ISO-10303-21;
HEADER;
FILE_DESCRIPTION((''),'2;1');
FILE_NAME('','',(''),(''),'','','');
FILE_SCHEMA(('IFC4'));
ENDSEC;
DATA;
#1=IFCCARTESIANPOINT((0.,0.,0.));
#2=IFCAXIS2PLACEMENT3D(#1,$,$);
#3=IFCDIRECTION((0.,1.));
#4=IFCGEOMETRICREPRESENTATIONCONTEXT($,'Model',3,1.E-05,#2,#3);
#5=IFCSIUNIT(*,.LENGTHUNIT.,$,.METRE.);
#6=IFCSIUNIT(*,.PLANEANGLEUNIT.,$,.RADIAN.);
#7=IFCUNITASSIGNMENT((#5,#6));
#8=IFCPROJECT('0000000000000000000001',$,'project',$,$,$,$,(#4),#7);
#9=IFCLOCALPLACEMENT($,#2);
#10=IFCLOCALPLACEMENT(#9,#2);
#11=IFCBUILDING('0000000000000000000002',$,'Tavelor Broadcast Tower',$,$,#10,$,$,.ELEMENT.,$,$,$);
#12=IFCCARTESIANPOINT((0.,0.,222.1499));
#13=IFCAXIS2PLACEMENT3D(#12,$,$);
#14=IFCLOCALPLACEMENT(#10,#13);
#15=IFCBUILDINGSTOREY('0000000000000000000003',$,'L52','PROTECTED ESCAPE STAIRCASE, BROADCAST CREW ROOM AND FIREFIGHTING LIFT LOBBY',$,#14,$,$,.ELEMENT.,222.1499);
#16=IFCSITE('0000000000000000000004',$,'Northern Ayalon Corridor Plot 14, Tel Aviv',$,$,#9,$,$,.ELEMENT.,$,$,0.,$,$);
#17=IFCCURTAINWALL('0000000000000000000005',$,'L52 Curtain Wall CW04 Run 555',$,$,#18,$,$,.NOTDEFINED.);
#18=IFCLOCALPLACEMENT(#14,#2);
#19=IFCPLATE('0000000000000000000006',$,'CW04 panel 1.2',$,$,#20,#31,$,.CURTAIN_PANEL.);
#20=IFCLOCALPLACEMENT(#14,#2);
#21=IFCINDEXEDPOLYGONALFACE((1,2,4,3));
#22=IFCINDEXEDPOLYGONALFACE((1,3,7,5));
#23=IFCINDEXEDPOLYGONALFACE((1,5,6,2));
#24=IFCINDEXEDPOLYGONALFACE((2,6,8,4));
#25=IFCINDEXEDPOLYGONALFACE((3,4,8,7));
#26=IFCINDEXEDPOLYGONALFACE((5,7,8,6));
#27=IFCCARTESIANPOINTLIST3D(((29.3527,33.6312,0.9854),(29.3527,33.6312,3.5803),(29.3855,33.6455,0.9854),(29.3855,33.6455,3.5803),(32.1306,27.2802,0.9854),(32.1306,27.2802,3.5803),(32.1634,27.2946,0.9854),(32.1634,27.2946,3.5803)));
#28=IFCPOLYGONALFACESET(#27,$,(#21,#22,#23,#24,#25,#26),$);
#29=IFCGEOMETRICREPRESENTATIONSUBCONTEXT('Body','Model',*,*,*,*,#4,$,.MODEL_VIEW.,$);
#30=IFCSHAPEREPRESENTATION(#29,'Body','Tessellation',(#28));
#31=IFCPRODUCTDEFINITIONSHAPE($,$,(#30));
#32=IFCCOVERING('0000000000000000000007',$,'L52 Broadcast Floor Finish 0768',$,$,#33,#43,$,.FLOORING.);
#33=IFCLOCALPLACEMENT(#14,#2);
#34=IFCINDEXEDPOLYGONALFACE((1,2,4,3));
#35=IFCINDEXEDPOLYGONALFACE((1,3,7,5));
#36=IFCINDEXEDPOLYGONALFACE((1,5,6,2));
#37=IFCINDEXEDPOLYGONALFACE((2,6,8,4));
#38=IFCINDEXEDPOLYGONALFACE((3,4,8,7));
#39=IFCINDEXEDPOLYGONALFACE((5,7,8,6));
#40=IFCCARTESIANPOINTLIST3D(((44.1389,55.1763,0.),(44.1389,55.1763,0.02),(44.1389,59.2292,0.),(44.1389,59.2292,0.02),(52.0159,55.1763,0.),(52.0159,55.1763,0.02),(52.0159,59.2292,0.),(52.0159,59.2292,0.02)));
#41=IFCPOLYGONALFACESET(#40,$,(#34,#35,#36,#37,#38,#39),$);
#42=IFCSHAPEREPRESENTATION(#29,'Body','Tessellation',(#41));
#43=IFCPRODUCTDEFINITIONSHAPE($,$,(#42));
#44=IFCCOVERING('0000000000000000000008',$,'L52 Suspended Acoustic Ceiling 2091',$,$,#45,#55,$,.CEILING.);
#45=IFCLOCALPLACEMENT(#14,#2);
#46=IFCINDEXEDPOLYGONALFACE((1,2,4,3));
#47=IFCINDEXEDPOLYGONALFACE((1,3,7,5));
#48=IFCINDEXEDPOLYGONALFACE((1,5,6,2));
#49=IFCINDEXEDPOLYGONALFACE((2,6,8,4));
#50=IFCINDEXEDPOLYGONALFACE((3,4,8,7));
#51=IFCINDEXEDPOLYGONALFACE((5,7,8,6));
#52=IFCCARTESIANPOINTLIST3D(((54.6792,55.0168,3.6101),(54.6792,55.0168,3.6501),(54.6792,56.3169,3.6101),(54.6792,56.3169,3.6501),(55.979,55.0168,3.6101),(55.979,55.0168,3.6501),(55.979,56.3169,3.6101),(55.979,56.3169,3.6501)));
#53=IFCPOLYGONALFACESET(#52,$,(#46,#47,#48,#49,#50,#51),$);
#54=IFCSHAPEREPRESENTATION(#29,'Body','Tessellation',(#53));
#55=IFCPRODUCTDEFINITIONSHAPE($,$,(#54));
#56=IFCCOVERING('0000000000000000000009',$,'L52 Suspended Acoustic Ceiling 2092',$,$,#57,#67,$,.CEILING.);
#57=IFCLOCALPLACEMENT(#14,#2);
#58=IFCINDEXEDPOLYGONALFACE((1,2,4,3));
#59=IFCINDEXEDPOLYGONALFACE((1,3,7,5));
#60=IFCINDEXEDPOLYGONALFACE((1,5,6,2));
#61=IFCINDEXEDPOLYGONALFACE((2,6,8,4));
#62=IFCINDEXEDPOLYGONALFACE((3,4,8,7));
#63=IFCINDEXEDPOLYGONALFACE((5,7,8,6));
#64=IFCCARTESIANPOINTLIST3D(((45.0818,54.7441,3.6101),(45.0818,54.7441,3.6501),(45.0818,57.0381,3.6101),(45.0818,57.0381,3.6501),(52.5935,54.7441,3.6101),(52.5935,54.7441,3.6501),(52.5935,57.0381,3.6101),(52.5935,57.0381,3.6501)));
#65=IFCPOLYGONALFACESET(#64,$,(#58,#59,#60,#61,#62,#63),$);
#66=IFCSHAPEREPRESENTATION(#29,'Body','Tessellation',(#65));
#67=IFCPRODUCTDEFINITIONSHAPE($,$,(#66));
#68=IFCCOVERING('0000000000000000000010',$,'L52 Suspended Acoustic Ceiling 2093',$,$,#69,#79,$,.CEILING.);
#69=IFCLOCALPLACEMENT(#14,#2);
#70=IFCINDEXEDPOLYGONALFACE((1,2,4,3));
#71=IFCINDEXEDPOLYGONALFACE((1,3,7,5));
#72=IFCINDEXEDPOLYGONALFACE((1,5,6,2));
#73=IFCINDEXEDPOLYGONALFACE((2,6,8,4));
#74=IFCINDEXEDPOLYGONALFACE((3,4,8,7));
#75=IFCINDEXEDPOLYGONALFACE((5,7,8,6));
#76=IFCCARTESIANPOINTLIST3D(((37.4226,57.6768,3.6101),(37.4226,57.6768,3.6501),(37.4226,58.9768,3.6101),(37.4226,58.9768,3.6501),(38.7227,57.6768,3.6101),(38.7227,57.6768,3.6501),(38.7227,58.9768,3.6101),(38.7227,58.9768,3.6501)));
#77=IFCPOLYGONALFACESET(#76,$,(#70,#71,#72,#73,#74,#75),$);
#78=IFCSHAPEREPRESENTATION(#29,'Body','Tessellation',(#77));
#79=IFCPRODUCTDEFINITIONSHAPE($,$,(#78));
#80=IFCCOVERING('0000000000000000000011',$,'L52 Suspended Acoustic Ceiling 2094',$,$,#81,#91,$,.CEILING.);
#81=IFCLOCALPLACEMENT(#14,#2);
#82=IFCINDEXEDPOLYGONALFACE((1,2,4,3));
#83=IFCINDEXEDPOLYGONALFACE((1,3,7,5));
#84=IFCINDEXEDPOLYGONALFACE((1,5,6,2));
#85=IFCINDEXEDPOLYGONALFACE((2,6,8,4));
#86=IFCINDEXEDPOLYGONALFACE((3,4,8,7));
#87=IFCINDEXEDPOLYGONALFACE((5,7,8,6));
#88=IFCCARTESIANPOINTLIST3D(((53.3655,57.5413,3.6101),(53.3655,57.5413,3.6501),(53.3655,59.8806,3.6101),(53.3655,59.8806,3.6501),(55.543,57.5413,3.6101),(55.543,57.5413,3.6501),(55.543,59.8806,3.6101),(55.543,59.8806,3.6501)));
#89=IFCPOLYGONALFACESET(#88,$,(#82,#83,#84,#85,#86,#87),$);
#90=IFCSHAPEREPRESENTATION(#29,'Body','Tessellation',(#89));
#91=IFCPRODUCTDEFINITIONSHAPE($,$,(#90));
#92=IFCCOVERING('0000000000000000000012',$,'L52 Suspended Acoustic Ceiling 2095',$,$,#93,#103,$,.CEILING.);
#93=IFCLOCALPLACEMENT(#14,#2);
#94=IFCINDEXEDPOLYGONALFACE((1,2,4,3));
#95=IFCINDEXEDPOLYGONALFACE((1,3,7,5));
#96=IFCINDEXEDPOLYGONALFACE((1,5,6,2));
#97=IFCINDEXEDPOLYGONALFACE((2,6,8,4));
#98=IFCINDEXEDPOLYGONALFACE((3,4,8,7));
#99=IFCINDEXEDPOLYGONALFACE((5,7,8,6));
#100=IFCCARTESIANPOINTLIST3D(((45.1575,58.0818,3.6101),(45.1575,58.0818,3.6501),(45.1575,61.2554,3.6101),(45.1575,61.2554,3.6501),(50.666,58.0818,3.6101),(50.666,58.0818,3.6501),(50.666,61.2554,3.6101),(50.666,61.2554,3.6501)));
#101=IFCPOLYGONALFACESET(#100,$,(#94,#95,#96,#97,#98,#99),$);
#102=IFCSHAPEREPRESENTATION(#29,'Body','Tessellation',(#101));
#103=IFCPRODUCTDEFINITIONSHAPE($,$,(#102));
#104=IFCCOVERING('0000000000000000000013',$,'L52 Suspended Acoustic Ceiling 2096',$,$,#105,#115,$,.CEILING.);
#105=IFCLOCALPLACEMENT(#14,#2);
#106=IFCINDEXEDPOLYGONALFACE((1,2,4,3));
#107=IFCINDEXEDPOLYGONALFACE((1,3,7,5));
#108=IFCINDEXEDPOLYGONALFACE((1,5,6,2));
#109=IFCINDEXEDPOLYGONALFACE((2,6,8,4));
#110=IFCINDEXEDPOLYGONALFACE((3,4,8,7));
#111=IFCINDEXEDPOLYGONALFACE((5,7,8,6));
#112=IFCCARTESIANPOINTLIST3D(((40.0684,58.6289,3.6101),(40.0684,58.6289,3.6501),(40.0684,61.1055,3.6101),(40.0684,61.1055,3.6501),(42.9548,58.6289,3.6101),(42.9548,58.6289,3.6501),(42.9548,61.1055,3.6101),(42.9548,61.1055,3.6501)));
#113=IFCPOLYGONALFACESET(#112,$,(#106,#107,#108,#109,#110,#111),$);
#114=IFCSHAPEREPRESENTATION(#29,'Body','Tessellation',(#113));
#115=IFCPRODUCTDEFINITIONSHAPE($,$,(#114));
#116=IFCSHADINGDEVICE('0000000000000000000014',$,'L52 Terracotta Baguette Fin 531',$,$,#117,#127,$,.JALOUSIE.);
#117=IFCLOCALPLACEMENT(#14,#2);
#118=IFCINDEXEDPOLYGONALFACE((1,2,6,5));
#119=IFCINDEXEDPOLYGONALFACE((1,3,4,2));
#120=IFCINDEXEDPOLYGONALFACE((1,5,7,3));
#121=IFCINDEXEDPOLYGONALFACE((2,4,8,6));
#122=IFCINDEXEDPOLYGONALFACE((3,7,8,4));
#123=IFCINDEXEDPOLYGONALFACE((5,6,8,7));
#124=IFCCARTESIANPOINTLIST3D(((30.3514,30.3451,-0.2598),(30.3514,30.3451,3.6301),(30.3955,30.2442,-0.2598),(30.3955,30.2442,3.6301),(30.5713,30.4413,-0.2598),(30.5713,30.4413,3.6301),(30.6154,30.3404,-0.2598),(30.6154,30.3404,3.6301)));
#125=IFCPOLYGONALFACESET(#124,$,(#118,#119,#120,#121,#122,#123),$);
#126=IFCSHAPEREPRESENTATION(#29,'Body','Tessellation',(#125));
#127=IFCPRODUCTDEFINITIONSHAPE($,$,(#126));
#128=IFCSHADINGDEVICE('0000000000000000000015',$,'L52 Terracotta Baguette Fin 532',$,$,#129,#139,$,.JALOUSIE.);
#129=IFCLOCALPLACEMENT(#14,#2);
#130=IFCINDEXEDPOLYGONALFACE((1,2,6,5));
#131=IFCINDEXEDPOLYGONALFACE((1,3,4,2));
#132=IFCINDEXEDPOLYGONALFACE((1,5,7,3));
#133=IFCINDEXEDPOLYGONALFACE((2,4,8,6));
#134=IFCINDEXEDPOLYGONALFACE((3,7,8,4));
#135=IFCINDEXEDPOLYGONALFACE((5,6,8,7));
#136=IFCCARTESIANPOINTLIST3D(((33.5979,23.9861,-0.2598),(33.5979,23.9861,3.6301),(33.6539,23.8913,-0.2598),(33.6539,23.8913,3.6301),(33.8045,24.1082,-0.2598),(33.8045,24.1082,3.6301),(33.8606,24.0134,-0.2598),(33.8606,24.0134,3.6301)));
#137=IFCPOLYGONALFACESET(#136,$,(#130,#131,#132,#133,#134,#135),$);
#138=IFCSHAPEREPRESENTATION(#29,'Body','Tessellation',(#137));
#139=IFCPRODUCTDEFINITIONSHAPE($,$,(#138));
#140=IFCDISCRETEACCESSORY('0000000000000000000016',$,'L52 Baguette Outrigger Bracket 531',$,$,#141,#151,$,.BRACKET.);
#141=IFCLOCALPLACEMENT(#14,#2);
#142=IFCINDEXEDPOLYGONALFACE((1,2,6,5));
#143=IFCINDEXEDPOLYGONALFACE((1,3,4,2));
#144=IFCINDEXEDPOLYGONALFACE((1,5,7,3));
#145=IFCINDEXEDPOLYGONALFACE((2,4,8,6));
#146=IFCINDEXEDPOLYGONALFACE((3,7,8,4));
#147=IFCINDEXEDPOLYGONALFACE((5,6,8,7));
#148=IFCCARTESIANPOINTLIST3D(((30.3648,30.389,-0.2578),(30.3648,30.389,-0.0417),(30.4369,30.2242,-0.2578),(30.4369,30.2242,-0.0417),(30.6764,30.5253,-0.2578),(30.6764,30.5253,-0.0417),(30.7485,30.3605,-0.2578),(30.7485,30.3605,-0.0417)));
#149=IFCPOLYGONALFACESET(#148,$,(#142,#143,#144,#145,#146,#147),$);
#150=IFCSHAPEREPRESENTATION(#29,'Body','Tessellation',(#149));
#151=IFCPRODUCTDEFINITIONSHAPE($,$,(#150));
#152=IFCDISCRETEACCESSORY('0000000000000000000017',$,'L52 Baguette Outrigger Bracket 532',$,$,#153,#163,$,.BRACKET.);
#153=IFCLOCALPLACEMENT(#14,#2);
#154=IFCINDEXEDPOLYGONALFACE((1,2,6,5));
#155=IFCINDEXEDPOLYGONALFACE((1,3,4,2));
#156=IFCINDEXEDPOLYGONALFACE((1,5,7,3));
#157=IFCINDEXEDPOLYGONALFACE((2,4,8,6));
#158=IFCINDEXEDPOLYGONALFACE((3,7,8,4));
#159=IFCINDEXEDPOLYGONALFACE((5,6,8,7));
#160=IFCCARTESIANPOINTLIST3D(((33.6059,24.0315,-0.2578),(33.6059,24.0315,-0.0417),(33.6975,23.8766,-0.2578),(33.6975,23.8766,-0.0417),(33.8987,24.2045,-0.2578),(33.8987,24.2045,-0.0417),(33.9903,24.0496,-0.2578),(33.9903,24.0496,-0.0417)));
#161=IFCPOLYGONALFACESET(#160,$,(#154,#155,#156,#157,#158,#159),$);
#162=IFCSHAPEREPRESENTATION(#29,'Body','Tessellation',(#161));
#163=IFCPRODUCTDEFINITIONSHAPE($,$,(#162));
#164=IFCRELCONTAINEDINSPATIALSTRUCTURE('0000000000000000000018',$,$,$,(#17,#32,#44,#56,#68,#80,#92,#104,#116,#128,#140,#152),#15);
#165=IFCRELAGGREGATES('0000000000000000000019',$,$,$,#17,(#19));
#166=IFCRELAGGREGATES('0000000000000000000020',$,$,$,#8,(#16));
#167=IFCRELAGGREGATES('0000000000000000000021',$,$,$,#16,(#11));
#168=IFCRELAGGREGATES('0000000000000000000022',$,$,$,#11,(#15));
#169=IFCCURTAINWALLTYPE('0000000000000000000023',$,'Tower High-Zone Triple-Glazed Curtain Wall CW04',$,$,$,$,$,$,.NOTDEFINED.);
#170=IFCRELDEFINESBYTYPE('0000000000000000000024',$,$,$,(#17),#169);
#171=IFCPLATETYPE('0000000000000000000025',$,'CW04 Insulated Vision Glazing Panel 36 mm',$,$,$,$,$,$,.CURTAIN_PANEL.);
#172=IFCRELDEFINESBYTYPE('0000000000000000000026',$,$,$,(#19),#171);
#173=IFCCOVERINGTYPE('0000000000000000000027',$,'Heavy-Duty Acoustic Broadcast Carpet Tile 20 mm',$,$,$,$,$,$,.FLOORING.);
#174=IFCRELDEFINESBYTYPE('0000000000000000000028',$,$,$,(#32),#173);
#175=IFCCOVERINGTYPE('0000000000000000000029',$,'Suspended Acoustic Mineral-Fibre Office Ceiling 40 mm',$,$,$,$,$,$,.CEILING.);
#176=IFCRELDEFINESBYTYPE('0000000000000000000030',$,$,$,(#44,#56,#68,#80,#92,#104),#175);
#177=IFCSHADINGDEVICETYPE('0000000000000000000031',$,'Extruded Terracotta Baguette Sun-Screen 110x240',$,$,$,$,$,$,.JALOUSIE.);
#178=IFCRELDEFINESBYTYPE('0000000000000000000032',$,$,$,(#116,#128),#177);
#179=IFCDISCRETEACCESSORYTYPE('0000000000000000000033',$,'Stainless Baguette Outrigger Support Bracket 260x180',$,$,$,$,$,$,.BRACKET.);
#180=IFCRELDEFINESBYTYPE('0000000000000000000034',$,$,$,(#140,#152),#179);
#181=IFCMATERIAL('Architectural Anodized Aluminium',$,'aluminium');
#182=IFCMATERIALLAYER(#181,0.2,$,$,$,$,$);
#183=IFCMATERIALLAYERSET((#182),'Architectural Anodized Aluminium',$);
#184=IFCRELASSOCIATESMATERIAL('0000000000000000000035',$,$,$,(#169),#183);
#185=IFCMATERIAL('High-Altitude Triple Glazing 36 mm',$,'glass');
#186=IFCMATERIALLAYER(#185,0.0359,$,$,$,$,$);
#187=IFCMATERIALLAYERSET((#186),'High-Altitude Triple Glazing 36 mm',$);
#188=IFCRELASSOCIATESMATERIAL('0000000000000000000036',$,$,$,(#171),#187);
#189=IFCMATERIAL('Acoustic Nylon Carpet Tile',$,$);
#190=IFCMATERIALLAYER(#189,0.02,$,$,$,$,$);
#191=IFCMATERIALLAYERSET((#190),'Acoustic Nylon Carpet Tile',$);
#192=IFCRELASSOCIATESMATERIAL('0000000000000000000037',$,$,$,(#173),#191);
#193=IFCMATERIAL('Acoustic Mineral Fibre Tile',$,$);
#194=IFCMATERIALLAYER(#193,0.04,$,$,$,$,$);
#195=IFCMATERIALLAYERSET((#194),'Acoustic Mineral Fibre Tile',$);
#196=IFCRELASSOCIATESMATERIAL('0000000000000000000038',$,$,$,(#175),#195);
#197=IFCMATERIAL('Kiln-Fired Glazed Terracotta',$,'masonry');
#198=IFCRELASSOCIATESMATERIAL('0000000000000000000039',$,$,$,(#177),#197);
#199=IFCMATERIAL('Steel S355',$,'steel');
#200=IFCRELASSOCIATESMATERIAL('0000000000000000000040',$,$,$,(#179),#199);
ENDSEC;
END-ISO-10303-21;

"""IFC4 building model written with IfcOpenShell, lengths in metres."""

from ifc_helpers import new_model, si_unit, direction, frame, origin, origin_2d, place, context, subcontext, project, spatial, polyline, rectangle, outline, extrude, source, transform, mapped, material, layer, layer_set, type_object, type_shapes, element, aggregate, save


model = new_model("IFC4")

# Units and contexts
model_context = context("Model", 3, precision=1e-05, world=origin(), true_north=direction((0.0, 1.0)))
body_context = subcontext(model_context, "Body", "Model", "MODEL_VIEW")
ifc_project = project(units=[si_unit("LENGTHUNIT", "METRE"), si_unit("PLANEANGLEUNIT", "RADIAN")], contexts=[model_context])

# Site, building, storey
site_placement = place(None, origin())
site = spatial("IfcSite", under=ifc_project, at=site_placement, Name="Northern Ayalon Corridor Plot 14, Tel Aviv", CompositionType="ELEMENT", RefElevation=0.0)
building_placement = place(site_placement, origin())
building = spatial("IfcBuilding", under=site, at=building_placement, Name="Tavelor Broadcast Tower", CompositionType="ELEMENT")
storey_placement = place(building_placement, frame((0.0, 0.0, 222.1499)))
storey = spatial("IfcBuildingStorey", under=building, at=storey_placement, Name="L52", Description="PROTECTED ESCAPE STAIRCASE, BROADCAST CREW ROOM AND FIREFIGHTING LIFT LOBBY", CompositionType="ELEMENT", Elevation=222.1499)

# Shared definitions
ifc_material_1 = material(Name="Architectural Anodized Aluminium", Category="aluminium")
ifc_layer_1 = layer(ifc_material_1, 0.2)
ifc_layer_set_1 = layer_set([ifc_layer_1], Name="Architectural Anodized Aluminium")
curtain_wall_type = type_object("IfcCurtainWallType", Name="Tower High-Zone Triple-Glazed Curtain Wall CW04", PredefinedType="NOTDEFINED", material=ifc_layer_set_1)

# Curtain wall
curtain_wall_1_placement = place(storey_placement, origin())
curtain_wall_1 = element("IfcCurtainWall", 1, at=curtain_wall_1_placement, inside=storey, type_object=curtain_wall_type, Name="L52 Curtain Wall CW04 Run 555", PredefinedType="NOTDEFINED")

# Plate
ifc_material_2 = material(Name="High-Altitude Triple Glazing 36 mm", Category="glass")
ifc_layer_2 = layer(ifc_material_2, 0.0359)
ifc_layer_set_2 = layer_set([ifc_layer_2], Name="High-Altitude Triple Glazing 36 mm")
plate_type = type_object("IfcPlateType", Name="CW04 Insulated Vision Glazing Panel 36 mm", PredefinedType="CURTAIN_PANEL", material=ifc_layer_set_2)
shared_shape_1 = source(origin(), body_context, "Body", "SweptSolid", [
    extrude(rectangle(XDim=6.9319, YDim=0.0359, at=origin_2d()), origin(), (0.0, 0.0, 1.0), 2.595),
])
plate_1_placement = place(storey_placement, frame((30.7581, 30.4629, 0.9854), z_axis=(0.0, 0.0, 1.0), x_axis=(0.400742, -0.916191, 0.0)))
plate_1 = element("IfcPlate", 2, at=plate_1_placement, type_object=plate_type, Name="CW04 panel 1.2", PredefinedType="CURTAIN_PANEL", context=body_context, shape_type="MappedRepresentation", body=[
    mapped(shared_shape_1, transform((0.0, 0.0, 0.0), scale=1.0)),
])
aggregate(curtain_wall_1, [plate_1])

# Coverings
ifc_material_3 = material(Name="Acoustic Nylon Carpet Tile")
ifc_layer_3 = layer(ifc_material_3, 0.02)
ifc_layer_set_3 = layer_set([ifc_layer_3], Name="Acoustic Nylon Carpet Tile")
covering_type_1 = type_object("IfcCoveringType", Name="Heavy-Duty Acoustic Broadcast Carpet Tile 20 mm", PredefinedType="FLOORING", material=ifc_layer_set_3)
covering_1_placement = place(storey_placement, origin())
element("IfcCovering", 3, at=covering_1_placement, inside=storey, type_object=covering_type_1, Name="L52 Broadcast Floor Finish 0768", PredefinedType="FLOORING", context=body_context, shape_type="SweptSolid", body=[
    extrude(outline(polyline([(44.1389, 55.1763), (52.0159, 55.1763), (52.0159, 59.2292), (44.1389, 59.2292), (44.1389, 55.1763)])), origin(), (0.0, 0.0, 1.0), 0.02),
])
ifc_material_4 = material(Name="Acoustic Mineral Fibre Tile")
ifc_layer_4 = layer(ifc_material_4, 0.04)
ifc_layer_set_4 = layer_set([ifc_layer_4], Name="Acoustic Mineral Fibre Tile")
covering_type_2 = type_object("IfcCoveringType", Name="Suspended Acoustic Mineral-Fibre Office Ceiling 40 mm", PredefinedType="CEILING", material=ifc_layer_set_4)
covering_2_placement = place(storey_placement, frame((0.0, 0.0, 3.6101)))
element("IfcCovering", 4, at=covering_2_placement, inside=storey, type_object=covering_type_2, Name="L52 Suspended Acoustic Ceiling 2091", PredefinedType="CEILING", context=body_context, shape_type="SweptSolid", body=[
    extrude(outline(polyline([(54.6792, 55.0168), (55.979, 55.0168), (55.979, 56.3169), (54.6792, 56.3169), (54.6792, 55.0168)])), origin(), (0.0, 0.0, 1.0), 0.04),
])
covering_3_placement = place(storey_placement, frame((0.0, 0.0, 3.6101)))
element("IfcCovering", 5, at=covering_3_placement, inside=storey, type_object=covering_type_2, Name="L52 Suspended Acoustic Ceiling 2092", PredefinedType="CEILING", context=body_context, shape_type="SweptSolid", body=[
    extrude(outline(polyline([(45.0818, 54.7441), (52.5935, 54.7441), (52.5935, 57.0381), (45.0818, 57.0381), (45.0818, 54.7441)])), origin(), (0.0, 0.0, 1.0), 0.04),
])
covering_4_placement = place(storey_placement, frame((0.0, 0.0, 3.6101)))
element("IfcCovering", 6, at=covering_4_placement, inside=storey, type_object=covering_type_2, Name="L52 Suspended Acoustic Ceiling 2093", PredefinedType="CEILING", context=body_context, shape_type="SweptSolid", body=[
    extrude(outline(polyline([(37.4226, 57.6768), (38.7227, 57.6768), (38.7227, 58.9768), (37.4226, 58.9768), (37.4226, 57.6768)])), origin(), (0.0, 0.0, 1.0), 0.04),
])
covering_5_placement = place(storey_placement, frame((0.0, 0.0, 3.6101)))
element("IfcCovering", 7, at=covering_5_placement, inside=storey, type_object=covering_type_2, Name="L52 Suspended Acoustic Ceiling 2094", PredefinedType="CEILING", context=body_context, shape_type="SweptSolid", body=[
    extrude(outline(polyline([(53.3655, 57.5413), (55.543, 57.5413), (55.543, 59.8806), (53.3655, 59.8806), (53.3655, 57.5413)])), origin(), (0.0, 0.0, 1.0), 0.04),
])
covering_6_placement = place(storey_placement, frame((0.0, 0.0, 3.6101)))
element("IfcCovering", 8, at=covering_6_placement, inside=storey, type_object=covering_type_2, Name="L52 Suspended Acoustic Ceiling 2095", PredefinedType="CEILING", context=body_context, shape_type="SweptSolid", body=[
    extrude(outline(polyline([(45.1575, 58.0818), (50.666, 58.0818), (50.666, 61.2554), (45.1575, 61.2554), (45.1575, 58.0818)])), origin(), (0.0, 0.0, 1.0), 0.04),
])
covering_7_placement = place(storey_placement, frame((0.0, 0.0, 3.6101)))
element("IfcCovering", 9, at=covering_7_placement, inside=storey, type_object=covering_type_2, Name="L52 Suspended Acoustic Ceiling 2096", PredefinedType="CEILING", context=body_context, shape_type="SweptSolid", body=[
    extrude(outline(polyline([(40.0684, 58.6289), (42.9548, 58.6289), (42.9548, 61.1055), (40.0684, 61.1055), (40.0684, 58.6289)])), origin(), (0.0, 0.0, 1.0), 0.04),
])

# Shading devices
ifc_material_5 = material(Name="Kiln-Fired Glazed Terracotta", Category="masonry")
shading_device_type = type_object("IfcShadingDeviceType", Name="Extruded Terracotta Baguette Sun-Screen 110x240", PredefinedType="JALOUSIE", material=ifc_material_5)
shared_shape_2 = source(origin(), body_context, "Body", "SweptSolid", [
    extrude(rectangle(XDim=0.1101, YDim=0.24, at=origin_2d()), origin(), (0.0, 0.0, 1.0), 3.8899),
])
type_shapes(shading_device_type, [shared_shape_2])
for number, where, z_axis, x_axis, name in (
    (10, (30.4834, 30.3428, -0.2598), (0.0, 0.0, 1.0), (0.400829, -0.916153, 0.0), "L52 Terracotta Baguette Fin 531"),
    (11, (33.7292, 23.9998, -0.2598), (0.0, 0.0, 1.0), (0.508741, -0.86092, 0.0), "L52 Terracotta Baguette Fin 532"),
):
    element("IfcShadingDevice", number, at=place(storey_placement, frame(where, z_axis=z_axis, x_axis=x_axis)), inside=storey, type_object=shading_device_type, Name=name, PredefinedType="JALOUSIE", context=body_context, shape_type="MappedRepresentation", body=[
        mapped(shared_shape_2, transform((0.0, 0.0, 0.0), scale=1.0)),
    ])

# Discrete accessories
ifc_material_6 = material(Name="Steel S355", Category="steel")
discrete_accessory_type = type_object("IfcDiscreteAccessoryType", Name="Stainless Baguette Outrigger Support Bracket 260x180", PredefinedType="BRACKET", material=ifc_material_6)
shared_shape_3 = source(origin(), body_context, "Body", "SweptSolid", [
    extrude(rectangle(XDim=0.1799, YDim=0.3401, at=origin_2d()), origin(), (0.0, 0.0, 1.0), 0.2161),
])
type_shapes(discrete_accessory_type, [shared_shape_3])
for number, where, z_axis, x_axis, name in (
    (12, (30.5566, 30.3748, -0.2578), (0.0, 0.0, 1.0), (0.400829, -0.916153, 0.0), "L52 Baguette Outrigger Bracket 531"),
    (13, (33.7981, 24.0405, -0.2578), (0.0, 0.0, 1.0), (0.508741, -0.86092, 0.0), "L52 Baguette Outrigger Bracket 532"),
):
    element("IfcDiscreteAccessory", number, at=place(storey_placement, frame(where, z_axis=z_axis, x_axis=x_axis)), inside=storey, type_object=discrete_accessory_type, Name=name, PredefinedType="BRACKET", context=body_context, shape_type="MappedRepresentation", body=[
        mapped(shared_shape_3, transform((0.0, 0.0, 0.0), scale=1.0)),
    ])

save(model, "model.ifc")
